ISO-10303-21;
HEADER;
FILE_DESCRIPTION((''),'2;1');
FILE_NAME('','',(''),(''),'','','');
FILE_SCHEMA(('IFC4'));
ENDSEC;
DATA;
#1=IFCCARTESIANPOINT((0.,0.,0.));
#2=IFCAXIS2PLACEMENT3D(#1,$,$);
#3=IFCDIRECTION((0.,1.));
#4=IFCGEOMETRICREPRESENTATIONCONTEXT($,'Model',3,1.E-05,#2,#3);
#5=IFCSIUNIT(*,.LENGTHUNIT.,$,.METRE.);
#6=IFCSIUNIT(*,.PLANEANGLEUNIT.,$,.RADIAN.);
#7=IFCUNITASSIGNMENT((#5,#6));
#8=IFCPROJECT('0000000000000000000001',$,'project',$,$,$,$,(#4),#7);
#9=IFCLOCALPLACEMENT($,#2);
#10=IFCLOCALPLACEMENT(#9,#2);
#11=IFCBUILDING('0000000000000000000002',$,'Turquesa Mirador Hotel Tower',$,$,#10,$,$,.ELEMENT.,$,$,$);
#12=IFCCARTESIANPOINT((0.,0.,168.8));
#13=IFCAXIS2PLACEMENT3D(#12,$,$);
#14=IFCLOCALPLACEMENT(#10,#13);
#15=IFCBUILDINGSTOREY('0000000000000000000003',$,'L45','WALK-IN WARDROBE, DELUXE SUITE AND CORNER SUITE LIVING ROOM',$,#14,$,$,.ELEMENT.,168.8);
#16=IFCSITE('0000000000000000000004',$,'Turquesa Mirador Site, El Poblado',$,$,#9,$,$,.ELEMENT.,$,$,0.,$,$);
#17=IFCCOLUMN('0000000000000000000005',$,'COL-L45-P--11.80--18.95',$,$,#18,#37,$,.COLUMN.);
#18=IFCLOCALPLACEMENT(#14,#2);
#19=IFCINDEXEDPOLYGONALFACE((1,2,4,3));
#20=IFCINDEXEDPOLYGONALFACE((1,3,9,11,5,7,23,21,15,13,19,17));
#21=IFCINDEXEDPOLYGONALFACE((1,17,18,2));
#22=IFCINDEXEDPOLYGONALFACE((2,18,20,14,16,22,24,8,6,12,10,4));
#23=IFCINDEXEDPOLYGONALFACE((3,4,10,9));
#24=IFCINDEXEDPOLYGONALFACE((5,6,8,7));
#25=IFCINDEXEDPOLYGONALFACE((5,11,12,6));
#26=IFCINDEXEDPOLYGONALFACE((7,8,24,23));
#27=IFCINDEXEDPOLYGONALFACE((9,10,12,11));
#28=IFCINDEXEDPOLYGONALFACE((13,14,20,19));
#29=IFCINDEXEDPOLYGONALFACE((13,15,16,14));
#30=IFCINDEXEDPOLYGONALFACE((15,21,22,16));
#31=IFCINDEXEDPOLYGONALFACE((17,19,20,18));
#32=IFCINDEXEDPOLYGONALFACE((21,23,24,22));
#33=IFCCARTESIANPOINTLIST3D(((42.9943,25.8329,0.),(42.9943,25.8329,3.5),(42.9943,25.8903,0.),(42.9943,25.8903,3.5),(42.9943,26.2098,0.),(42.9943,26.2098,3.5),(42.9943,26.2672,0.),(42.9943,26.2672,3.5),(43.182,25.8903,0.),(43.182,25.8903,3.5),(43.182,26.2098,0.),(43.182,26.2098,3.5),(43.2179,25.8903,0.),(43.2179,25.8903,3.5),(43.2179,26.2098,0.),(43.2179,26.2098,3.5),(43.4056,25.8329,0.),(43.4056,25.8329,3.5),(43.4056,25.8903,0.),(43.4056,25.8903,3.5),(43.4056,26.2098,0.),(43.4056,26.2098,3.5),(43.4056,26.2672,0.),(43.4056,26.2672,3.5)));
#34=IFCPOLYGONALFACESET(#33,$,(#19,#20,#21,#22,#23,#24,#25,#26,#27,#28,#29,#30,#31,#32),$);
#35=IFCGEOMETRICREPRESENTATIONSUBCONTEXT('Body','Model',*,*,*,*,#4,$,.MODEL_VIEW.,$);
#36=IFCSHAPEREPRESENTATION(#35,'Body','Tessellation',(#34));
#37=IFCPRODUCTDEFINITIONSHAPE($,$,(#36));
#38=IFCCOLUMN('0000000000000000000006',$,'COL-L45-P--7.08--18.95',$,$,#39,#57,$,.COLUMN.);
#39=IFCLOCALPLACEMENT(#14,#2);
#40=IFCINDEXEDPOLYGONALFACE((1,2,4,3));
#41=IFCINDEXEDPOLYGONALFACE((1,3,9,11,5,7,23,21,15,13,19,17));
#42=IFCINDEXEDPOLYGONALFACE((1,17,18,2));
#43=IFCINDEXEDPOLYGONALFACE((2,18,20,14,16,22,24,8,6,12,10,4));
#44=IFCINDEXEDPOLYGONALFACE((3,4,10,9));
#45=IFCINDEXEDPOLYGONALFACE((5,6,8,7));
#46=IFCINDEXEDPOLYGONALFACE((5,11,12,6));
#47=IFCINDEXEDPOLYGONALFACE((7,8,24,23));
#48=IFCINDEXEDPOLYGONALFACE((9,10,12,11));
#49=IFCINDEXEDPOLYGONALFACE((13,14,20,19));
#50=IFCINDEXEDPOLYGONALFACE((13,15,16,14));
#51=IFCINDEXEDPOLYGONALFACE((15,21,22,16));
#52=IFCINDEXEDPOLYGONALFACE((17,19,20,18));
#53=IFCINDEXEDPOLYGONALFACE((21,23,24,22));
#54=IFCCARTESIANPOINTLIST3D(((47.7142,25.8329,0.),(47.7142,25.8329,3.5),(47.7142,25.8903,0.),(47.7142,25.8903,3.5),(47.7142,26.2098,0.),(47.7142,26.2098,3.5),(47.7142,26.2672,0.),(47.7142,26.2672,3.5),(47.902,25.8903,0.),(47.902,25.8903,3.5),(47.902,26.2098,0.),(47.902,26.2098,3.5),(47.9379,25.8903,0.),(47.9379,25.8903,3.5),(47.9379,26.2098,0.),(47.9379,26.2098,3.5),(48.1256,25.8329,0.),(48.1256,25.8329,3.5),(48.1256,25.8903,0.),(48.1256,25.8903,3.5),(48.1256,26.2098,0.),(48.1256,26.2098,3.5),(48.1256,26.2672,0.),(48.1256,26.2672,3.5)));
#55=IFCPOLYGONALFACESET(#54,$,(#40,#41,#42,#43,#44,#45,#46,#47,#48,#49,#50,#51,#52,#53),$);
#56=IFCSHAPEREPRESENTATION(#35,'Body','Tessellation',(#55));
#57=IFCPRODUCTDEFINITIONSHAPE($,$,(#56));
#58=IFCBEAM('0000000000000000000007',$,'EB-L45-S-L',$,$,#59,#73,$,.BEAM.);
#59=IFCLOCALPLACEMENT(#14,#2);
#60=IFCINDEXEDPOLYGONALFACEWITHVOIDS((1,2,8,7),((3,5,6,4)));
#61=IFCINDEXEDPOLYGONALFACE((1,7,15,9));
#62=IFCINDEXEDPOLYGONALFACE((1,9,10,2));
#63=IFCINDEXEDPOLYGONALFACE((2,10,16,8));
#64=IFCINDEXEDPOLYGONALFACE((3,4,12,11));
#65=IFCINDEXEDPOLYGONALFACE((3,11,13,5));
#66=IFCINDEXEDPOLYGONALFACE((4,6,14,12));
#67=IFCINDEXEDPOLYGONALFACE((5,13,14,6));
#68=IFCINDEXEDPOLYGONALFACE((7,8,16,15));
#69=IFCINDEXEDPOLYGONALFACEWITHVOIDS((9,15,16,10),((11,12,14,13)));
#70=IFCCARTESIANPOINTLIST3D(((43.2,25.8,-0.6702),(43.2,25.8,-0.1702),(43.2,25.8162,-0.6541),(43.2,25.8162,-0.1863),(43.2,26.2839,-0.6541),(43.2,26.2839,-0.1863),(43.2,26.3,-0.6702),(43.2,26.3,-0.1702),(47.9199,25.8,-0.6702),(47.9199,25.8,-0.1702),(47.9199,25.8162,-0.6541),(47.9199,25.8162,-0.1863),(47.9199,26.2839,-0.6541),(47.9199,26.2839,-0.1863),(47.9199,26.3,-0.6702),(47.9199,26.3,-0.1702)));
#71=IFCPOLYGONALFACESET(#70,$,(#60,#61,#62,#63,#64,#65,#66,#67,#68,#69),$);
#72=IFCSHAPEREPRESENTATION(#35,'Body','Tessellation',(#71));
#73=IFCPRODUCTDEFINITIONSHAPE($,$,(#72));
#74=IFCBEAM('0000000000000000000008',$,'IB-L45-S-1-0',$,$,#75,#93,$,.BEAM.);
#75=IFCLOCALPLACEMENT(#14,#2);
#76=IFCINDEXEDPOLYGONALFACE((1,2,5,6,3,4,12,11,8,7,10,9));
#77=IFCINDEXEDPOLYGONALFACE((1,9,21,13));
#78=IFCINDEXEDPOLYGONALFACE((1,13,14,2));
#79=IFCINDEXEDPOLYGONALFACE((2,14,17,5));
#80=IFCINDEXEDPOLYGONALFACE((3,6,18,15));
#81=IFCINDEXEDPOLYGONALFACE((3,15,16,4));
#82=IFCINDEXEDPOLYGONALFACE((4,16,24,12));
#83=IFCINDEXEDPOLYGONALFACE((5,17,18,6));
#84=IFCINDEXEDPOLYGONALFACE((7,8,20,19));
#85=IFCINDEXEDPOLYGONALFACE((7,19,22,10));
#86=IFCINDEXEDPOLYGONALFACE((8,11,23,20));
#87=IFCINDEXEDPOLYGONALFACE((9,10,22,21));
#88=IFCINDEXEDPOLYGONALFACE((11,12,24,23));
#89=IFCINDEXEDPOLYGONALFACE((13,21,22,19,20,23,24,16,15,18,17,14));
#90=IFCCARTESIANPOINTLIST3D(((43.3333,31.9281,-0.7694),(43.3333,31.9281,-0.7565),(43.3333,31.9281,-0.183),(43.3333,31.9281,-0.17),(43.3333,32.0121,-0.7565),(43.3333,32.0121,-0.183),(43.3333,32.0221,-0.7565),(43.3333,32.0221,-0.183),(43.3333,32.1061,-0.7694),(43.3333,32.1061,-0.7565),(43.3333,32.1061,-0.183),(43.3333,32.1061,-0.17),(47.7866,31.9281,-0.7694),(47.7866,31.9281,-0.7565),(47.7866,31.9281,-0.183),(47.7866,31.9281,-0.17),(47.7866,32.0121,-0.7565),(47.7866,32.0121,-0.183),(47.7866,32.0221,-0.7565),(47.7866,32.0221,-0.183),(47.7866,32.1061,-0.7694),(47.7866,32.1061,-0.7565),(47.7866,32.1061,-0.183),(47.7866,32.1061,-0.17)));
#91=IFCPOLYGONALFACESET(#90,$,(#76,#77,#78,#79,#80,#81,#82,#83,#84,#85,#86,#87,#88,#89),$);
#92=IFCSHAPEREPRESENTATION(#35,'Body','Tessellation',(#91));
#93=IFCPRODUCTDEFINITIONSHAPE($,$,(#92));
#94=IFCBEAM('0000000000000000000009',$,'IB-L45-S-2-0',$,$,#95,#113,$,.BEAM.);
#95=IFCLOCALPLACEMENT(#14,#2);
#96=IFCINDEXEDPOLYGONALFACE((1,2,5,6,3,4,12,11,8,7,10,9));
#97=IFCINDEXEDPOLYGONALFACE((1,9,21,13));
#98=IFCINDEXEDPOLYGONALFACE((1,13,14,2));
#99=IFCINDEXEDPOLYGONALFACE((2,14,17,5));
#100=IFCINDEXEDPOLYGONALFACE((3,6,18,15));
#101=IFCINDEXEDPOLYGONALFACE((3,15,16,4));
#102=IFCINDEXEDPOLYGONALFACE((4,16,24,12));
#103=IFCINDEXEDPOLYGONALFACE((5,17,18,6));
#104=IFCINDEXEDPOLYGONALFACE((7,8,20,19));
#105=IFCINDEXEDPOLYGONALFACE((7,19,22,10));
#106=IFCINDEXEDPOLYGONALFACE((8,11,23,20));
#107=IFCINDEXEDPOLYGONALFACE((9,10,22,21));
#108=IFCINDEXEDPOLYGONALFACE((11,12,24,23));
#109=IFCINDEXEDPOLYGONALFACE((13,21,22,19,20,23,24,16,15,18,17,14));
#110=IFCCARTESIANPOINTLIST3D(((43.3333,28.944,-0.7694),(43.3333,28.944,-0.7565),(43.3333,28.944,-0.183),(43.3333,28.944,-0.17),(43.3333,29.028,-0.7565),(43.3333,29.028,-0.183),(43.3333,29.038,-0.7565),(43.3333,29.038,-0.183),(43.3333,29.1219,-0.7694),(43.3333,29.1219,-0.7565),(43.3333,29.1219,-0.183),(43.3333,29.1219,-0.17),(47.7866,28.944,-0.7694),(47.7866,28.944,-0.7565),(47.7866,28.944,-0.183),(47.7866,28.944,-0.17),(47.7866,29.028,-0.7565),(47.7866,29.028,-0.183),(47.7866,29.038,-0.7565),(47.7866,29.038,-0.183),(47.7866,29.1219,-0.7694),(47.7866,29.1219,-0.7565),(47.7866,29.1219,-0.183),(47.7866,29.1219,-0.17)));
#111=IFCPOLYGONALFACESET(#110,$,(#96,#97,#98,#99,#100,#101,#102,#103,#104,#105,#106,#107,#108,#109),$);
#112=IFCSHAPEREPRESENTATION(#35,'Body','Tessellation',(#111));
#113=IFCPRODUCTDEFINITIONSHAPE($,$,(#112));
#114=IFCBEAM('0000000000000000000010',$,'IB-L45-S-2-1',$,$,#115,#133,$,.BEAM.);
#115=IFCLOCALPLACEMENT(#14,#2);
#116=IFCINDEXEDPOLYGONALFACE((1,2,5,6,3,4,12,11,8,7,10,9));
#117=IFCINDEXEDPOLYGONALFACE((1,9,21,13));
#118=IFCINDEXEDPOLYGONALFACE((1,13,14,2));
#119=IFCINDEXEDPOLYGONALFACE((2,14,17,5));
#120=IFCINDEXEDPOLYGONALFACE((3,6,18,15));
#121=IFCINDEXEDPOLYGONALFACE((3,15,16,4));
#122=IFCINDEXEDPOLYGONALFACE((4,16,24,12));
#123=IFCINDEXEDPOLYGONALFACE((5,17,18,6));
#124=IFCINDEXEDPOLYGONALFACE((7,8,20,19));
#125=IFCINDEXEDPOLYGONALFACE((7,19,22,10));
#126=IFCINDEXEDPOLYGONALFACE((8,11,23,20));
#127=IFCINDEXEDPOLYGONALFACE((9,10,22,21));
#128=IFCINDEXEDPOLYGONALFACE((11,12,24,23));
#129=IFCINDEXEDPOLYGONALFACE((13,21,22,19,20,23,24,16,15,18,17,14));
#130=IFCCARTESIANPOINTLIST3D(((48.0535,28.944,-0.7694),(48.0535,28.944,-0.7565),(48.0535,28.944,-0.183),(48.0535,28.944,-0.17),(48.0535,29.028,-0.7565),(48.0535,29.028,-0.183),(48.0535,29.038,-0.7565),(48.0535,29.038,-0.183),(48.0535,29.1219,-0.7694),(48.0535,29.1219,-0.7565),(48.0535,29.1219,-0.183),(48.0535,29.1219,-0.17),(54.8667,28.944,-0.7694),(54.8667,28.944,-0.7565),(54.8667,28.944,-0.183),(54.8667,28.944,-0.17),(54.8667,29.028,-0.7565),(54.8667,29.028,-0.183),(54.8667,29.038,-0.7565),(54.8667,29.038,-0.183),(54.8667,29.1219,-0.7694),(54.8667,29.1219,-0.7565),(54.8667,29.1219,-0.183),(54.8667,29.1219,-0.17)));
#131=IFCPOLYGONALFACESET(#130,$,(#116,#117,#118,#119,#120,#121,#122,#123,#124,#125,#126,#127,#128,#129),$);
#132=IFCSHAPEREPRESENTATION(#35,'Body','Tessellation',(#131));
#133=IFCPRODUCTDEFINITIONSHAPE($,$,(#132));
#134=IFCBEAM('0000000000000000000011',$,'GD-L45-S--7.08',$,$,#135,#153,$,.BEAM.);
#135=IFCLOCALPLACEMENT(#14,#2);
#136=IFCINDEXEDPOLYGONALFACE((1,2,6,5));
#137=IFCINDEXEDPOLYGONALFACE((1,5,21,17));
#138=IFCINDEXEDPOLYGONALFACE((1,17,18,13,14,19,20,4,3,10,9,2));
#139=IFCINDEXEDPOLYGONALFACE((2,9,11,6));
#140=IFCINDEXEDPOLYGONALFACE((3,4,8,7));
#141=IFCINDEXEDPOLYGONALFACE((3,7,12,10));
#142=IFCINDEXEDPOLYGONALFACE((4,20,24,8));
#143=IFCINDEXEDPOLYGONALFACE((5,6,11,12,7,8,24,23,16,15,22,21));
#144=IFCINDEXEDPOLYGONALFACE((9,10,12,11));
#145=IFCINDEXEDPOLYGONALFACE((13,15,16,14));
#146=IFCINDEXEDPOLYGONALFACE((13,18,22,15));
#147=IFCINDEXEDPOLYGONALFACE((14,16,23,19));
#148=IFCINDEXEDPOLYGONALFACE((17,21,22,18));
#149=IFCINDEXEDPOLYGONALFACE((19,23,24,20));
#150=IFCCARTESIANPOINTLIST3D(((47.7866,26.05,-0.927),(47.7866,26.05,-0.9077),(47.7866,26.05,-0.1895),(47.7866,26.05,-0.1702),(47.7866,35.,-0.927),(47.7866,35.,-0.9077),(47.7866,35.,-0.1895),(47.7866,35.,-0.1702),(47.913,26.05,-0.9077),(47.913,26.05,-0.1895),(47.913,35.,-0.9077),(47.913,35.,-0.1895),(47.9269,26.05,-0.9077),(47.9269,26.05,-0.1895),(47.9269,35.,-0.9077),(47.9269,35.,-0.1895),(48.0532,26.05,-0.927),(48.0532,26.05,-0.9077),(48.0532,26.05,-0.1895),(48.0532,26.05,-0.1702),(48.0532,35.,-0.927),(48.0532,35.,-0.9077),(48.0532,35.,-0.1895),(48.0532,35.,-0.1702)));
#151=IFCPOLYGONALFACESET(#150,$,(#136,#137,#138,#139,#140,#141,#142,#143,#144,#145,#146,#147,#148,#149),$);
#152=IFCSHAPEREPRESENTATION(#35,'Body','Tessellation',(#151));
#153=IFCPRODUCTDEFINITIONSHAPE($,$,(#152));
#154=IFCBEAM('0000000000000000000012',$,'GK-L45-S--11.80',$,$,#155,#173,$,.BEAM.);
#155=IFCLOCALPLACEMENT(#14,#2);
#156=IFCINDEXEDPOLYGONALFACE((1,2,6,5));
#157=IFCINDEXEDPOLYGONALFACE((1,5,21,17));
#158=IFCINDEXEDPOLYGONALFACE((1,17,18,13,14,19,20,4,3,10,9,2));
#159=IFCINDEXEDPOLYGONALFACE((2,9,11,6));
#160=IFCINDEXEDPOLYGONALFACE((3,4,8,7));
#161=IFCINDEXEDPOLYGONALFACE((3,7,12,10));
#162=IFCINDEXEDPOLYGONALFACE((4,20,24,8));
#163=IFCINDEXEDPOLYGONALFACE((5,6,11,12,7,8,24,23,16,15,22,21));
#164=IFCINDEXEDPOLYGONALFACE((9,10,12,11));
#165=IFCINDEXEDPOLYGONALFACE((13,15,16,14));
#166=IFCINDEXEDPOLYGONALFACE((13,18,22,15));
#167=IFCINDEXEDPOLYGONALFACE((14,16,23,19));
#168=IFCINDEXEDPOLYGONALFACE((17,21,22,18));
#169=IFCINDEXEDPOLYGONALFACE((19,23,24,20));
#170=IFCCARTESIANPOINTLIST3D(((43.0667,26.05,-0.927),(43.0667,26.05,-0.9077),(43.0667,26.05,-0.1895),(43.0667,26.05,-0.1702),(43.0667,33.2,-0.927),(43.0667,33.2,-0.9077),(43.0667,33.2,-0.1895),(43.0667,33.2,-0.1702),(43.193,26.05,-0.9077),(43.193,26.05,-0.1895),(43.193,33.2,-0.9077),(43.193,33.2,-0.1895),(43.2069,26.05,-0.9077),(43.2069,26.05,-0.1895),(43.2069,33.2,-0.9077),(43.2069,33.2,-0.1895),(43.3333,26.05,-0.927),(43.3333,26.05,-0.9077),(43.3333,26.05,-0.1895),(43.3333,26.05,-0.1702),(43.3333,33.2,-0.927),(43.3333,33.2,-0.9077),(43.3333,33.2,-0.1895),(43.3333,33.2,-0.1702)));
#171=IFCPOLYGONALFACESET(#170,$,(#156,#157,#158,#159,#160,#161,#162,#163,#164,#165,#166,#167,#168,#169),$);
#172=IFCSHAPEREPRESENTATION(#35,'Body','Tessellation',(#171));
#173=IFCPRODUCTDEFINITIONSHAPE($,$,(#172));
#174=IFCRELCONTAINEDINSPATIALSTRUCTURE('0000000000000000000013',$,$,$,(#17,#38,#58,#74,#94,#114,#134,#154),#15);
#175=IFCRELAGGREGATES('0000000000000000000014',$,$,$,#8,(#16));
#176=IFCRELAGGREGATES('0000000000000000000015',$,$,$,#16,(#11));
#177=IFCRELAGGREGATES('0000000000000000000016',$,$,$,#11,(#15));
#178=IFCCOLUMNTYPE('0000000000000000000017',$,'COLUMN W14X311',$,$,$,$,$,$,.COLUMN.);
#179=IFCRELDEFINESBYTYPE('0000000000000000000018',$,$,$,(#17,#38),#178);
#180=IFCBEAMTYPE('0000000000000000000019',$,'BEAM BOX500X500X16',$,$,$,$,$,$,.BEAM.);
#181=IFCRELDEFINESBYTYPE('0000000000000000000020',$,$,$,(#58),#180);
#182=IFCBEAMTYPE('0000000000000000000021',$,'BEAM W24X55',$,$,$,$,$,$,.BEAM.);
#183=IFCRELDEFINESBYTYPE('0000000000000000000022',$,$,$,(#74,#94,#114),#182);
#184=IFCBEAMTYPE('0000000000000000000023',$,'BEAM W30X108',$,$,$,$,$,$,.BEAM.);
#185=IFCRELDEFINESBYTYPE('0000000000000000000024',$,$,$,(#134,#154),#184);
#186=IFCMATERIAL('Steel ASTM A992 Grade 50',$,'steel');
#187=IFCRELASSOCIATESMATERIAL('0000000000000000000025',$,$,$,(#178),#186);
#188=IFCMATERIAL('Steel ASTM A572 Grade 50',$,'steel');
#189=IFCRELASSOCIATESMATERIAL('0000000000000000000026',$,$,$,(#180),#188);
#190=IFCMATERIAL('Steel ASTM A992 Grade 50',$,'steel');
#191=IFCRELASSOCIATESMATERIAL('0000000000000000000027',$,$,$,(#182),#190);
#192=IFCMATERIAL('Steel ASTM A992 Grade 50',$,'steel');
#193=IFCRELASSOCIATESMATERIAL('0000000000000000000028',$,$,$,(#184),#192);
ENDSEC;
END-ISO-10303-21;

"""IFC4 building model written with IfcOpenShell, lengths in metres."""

from ifc_helpers import new_model, si_unit, direction, frame, origin, origin_2d, place, context, subcontext, project, spatial, hollow_rectangle, i_section, extrude, material, material_profile, profile_set, type_object, element, save


model = new_model("IFC4")

# Units and contexts
model_context = context("Model", 3, precision=1e-05, world=origin(), true_north=direction((0.0, 1.0)))
body_context = subcontext(model_context, "Body", "Model", "MODEL_VIEW")
ifc_project = project(units=[si_unit("LENGTHUNIT", "METRE"), si_unit("PLANEANGLEUNIT", "RADIAN")], contexts=[model_context])

# Site, building, storey
site_placement = place(None, origin())
site = spatial("IfcSite", under=ifc_project, at=site_placement, Name="Turquesa Mirador Site, El Poblado", CompositionType="ELEMENT", RefElevation=0.0)
building_placement = place(site_placement, origin())
building = spatial("IfcBuilding", under=site, at=building_placement, Name="Turquesa Mirador Hotel Tower", CompositionType="ELEMENT")
storey_placement = place(building_placement, frame((0.0, 0.0, 168.8)))
storey = spatial("IfcBuildingStorey", under=building, at=storey_placement, Name="L45", Description="WALK-IN WARDROBE, DELUXE SUITE AND CORNER SUITE LIVING ROOM", CompositionType="ELEMENT", Elevation=168.8)

# Columns
ifc_material_1 = material(Name="Steel ASTM A992 Grade 50", Category="steel")
ifc_material_profile_1 = material_profile(ifc_material_1, i_section(OverallWidth=0.4114, OverallDepth=0.4343, WebThickness=0.0359, FlangeThickness=0.0574, at=origin_2d()), Name="W14X311")
ifc_profile_set_1 = profile_set([ifc_material_profile_1], Name="Steel ASTM A992 Grade 50")
column_type = type_object("IfcColumnType", Name="COLUMN W14X311", PredefinedType="COLUMN", material=ifc_profile_set_1)
for number, where, z_axis, x_axis, name in (
    (1, (43.2, 26.05, 0.0), (0.0, 0.0, 1.0), (1.0, 0.0, 0.0), "COL-L45-P--11.80--18.95"),
    (2, (47.9199, 26.05, 0.0), (0.0, 0.0, 1.0), (1.0, 0.0, 0.0), "COL-L45-P--7.08--18.95"),
):
    element("IfcColumn", number, at=place(storey_placement, frame(where, z_axis=z_axis, x_axis=x_axis)), inside=storey, type_object=column_type, Name=name, PredefinedType="COLUMN", context=body_context, shape_type="SweptSolid", body=[
        extrude(i_section(OverallWidth=0.4114, OverallDepth=0.4343, WebThickness=0.0359, FlangeThickness=0.0574, at=origin_2d()), origin(), (0.0, 0.0, 1.0), 3.5),
    ])

# Beams
ifc_material_2 = material(Name="Steel ASTM A572 Grade 50", Category="steel")
ifc_material_profile_2 = material_profile(ifc_material_2, hollow_rectangle(XDim=0.5, YDim=0.5, WallThickness=0.0161, at=origin_2d()), Name="BOX500X500X16")
ifc_profile_set_2 = profile_set([ifc_material_profile_2], Name="Steel ASTM A572 Grade 50")
beam_type_1 = type_object("IfcBeamType", Name="BEAM BOX500X500X16", PredefinedType="BEAM", material=ifc_profile_set_2)
beam_1_placement = place(storey_placement, frame((43.2, 26.05, -0.4202), z_axis=(1.0, 0.0, 0.0), x_axis=(0.0, 1.0, 0.0)))
element("IfcBeam", 3, at=beam_1_placement, inside=storey, type_object=beam_type_1, Name="EB-L45-S-L", PredefinedType="BEAM", context=body_context, shape_type="SweptSolid", body=[
    extrude(hollow_rectangle(XDim=0.5, YDim=0.5, WallThickness=0.0161, at=origin_2d()), origin(), (0.0, 0.0, 1.0), 4.72),
])
ifc_material_3 = material(Name="Steel ASTM A992 Grade 50", Category="steel")
ifc_material_profile_3 = material_profile(ifc_material_3, i_section(OverallWidth=0.178, OverallDepth=0.5994, WebThickness=0.01, FlangeThickness=0.0129, at=origin_2d()), Name="W24X55")
ifc_profile_set_3 = profile_set([ifc_material_profile_3], Name="Steel ASTM A992 Grade 50")
beam_type_2 = type_object("IfcBeamType", Name="BEAM W24X55", PredefinedType="BEAM", material=ifc_profile_set_3)
for number, where, z_axis, x_axis, name in (
    (4, (43.3333, 32.0171, -0.4697), (1.0, 0.0, 0.0), (0.0, 1.0, 0.0), "IB-L45-S-1-0"),
    (5, (43.3333, 29.033, -0.4697), (1.0, 0.0, 0.0), (0.0, 1.0, 0.0), "IB-L45-S-2-0"),
):
    element("IfcBeam", number, at=place(storey_placement, frame(where, z_axis=z_axis, x_axis=x_axis)), inside=storey, type_object=beam_type_2, Name=name, PredefinedType="BEAM", context=body_context, shape_type="SweptSolid", body=[
        extrude(i_section(OverallWidth=0.178, OverallDepth=0.5994, WebThickness=0.01, FlangeThickness=0.0129, at=origin_2d()), origin(), (0.0, 0.0, 1.0), 4.4534),
    ])
beam_2_placement = place(storey_placement, frame((48.0535, 29.033, -0.4697), z_axis=(1.0, 0.0, 0.0), x_axis=(0.0, 1.0, 0.0)))
element("IfcBeam", 6, at=beam_2_placement, inside=storey, type_object=beam_type_2, Name="IB-L45-S-2-1", PredefinedType="BEAM", context=body_context, shape_type="SweptSolid", body=[
    extrude(i_section(OverallWidth=0.178, OverallDepth=0.5994, WebThickness=0.01, FlangeThickness=0.0129, at=origin_2d()), origin(), (0.0, 0.0, 1.0), 6.8132),
])
ifc_material_4 = material(Name="Steel ASTM A992 Grade 50", Category="steel")
ifc_material_profile_4 = material_profile(ifc_material_4, i_section(OverallWidth=0.2666, OverallDepth=0.7568, WebThickness=0.0139, FlangeThickness=0.0193, at=origin_2d()), Name="W30X108")
ifc_profile_set_4 = profile_set([ifc_material_profile_4], Name="Steel ASTM A992 Grade 50")
beam_type_3 = type_object("IfcBeamType", Name="BEAM W30X108", PredefinedType="BEAM", material=ifc_profile_set_4)
beam_3_placement = place(storey_placement, frame((47.9199, 26.05, -0.5486), z_axis=(0.0, 1.0, 0.0), x_axis=(-1.0, 0.0, 0.0)))
element("IfcBeam", 7, at=beam_3_placement, inside=storey, type_object=beam_type_3, Name="GD-L45-S--7.08", PredefinedType="BEAM", context=body_context, shape_type="SweptSolid", body=[
    extrude(i_section(OverallWidth=0.2666, OverallDepth=0.7568, WebThickness=0.0139, FlangeThickness=0.0193, at=origin_2d()), origin(), (0.0, 0.0, 1.0), 8.95),
])
beam_4_placement = place(storey_placement, frame((43.2, 26.05, -0.5486), z_axis=(0.0, 1.0, 0.0), x_axis=(-1.0, 0.0, 0.0)))
element("IfcBeam", 8, at=beam_4_placement, inside=storey, type_object=beam_type_3, Name="GK-L45-S--11.80", PredefinedType="BEAM", context=body_context, shape_type="SweptSolid", body=[
    extrude(i_section(OverallWidth=0.2666, OverallDepth=0.7568, WebThickness=0.0139, FlangeThickness=0.0193, at=origin_2d()), origin(), (0.0, 0.0, 1.0), 7.1499),
])

save(model, "model.ifc")
